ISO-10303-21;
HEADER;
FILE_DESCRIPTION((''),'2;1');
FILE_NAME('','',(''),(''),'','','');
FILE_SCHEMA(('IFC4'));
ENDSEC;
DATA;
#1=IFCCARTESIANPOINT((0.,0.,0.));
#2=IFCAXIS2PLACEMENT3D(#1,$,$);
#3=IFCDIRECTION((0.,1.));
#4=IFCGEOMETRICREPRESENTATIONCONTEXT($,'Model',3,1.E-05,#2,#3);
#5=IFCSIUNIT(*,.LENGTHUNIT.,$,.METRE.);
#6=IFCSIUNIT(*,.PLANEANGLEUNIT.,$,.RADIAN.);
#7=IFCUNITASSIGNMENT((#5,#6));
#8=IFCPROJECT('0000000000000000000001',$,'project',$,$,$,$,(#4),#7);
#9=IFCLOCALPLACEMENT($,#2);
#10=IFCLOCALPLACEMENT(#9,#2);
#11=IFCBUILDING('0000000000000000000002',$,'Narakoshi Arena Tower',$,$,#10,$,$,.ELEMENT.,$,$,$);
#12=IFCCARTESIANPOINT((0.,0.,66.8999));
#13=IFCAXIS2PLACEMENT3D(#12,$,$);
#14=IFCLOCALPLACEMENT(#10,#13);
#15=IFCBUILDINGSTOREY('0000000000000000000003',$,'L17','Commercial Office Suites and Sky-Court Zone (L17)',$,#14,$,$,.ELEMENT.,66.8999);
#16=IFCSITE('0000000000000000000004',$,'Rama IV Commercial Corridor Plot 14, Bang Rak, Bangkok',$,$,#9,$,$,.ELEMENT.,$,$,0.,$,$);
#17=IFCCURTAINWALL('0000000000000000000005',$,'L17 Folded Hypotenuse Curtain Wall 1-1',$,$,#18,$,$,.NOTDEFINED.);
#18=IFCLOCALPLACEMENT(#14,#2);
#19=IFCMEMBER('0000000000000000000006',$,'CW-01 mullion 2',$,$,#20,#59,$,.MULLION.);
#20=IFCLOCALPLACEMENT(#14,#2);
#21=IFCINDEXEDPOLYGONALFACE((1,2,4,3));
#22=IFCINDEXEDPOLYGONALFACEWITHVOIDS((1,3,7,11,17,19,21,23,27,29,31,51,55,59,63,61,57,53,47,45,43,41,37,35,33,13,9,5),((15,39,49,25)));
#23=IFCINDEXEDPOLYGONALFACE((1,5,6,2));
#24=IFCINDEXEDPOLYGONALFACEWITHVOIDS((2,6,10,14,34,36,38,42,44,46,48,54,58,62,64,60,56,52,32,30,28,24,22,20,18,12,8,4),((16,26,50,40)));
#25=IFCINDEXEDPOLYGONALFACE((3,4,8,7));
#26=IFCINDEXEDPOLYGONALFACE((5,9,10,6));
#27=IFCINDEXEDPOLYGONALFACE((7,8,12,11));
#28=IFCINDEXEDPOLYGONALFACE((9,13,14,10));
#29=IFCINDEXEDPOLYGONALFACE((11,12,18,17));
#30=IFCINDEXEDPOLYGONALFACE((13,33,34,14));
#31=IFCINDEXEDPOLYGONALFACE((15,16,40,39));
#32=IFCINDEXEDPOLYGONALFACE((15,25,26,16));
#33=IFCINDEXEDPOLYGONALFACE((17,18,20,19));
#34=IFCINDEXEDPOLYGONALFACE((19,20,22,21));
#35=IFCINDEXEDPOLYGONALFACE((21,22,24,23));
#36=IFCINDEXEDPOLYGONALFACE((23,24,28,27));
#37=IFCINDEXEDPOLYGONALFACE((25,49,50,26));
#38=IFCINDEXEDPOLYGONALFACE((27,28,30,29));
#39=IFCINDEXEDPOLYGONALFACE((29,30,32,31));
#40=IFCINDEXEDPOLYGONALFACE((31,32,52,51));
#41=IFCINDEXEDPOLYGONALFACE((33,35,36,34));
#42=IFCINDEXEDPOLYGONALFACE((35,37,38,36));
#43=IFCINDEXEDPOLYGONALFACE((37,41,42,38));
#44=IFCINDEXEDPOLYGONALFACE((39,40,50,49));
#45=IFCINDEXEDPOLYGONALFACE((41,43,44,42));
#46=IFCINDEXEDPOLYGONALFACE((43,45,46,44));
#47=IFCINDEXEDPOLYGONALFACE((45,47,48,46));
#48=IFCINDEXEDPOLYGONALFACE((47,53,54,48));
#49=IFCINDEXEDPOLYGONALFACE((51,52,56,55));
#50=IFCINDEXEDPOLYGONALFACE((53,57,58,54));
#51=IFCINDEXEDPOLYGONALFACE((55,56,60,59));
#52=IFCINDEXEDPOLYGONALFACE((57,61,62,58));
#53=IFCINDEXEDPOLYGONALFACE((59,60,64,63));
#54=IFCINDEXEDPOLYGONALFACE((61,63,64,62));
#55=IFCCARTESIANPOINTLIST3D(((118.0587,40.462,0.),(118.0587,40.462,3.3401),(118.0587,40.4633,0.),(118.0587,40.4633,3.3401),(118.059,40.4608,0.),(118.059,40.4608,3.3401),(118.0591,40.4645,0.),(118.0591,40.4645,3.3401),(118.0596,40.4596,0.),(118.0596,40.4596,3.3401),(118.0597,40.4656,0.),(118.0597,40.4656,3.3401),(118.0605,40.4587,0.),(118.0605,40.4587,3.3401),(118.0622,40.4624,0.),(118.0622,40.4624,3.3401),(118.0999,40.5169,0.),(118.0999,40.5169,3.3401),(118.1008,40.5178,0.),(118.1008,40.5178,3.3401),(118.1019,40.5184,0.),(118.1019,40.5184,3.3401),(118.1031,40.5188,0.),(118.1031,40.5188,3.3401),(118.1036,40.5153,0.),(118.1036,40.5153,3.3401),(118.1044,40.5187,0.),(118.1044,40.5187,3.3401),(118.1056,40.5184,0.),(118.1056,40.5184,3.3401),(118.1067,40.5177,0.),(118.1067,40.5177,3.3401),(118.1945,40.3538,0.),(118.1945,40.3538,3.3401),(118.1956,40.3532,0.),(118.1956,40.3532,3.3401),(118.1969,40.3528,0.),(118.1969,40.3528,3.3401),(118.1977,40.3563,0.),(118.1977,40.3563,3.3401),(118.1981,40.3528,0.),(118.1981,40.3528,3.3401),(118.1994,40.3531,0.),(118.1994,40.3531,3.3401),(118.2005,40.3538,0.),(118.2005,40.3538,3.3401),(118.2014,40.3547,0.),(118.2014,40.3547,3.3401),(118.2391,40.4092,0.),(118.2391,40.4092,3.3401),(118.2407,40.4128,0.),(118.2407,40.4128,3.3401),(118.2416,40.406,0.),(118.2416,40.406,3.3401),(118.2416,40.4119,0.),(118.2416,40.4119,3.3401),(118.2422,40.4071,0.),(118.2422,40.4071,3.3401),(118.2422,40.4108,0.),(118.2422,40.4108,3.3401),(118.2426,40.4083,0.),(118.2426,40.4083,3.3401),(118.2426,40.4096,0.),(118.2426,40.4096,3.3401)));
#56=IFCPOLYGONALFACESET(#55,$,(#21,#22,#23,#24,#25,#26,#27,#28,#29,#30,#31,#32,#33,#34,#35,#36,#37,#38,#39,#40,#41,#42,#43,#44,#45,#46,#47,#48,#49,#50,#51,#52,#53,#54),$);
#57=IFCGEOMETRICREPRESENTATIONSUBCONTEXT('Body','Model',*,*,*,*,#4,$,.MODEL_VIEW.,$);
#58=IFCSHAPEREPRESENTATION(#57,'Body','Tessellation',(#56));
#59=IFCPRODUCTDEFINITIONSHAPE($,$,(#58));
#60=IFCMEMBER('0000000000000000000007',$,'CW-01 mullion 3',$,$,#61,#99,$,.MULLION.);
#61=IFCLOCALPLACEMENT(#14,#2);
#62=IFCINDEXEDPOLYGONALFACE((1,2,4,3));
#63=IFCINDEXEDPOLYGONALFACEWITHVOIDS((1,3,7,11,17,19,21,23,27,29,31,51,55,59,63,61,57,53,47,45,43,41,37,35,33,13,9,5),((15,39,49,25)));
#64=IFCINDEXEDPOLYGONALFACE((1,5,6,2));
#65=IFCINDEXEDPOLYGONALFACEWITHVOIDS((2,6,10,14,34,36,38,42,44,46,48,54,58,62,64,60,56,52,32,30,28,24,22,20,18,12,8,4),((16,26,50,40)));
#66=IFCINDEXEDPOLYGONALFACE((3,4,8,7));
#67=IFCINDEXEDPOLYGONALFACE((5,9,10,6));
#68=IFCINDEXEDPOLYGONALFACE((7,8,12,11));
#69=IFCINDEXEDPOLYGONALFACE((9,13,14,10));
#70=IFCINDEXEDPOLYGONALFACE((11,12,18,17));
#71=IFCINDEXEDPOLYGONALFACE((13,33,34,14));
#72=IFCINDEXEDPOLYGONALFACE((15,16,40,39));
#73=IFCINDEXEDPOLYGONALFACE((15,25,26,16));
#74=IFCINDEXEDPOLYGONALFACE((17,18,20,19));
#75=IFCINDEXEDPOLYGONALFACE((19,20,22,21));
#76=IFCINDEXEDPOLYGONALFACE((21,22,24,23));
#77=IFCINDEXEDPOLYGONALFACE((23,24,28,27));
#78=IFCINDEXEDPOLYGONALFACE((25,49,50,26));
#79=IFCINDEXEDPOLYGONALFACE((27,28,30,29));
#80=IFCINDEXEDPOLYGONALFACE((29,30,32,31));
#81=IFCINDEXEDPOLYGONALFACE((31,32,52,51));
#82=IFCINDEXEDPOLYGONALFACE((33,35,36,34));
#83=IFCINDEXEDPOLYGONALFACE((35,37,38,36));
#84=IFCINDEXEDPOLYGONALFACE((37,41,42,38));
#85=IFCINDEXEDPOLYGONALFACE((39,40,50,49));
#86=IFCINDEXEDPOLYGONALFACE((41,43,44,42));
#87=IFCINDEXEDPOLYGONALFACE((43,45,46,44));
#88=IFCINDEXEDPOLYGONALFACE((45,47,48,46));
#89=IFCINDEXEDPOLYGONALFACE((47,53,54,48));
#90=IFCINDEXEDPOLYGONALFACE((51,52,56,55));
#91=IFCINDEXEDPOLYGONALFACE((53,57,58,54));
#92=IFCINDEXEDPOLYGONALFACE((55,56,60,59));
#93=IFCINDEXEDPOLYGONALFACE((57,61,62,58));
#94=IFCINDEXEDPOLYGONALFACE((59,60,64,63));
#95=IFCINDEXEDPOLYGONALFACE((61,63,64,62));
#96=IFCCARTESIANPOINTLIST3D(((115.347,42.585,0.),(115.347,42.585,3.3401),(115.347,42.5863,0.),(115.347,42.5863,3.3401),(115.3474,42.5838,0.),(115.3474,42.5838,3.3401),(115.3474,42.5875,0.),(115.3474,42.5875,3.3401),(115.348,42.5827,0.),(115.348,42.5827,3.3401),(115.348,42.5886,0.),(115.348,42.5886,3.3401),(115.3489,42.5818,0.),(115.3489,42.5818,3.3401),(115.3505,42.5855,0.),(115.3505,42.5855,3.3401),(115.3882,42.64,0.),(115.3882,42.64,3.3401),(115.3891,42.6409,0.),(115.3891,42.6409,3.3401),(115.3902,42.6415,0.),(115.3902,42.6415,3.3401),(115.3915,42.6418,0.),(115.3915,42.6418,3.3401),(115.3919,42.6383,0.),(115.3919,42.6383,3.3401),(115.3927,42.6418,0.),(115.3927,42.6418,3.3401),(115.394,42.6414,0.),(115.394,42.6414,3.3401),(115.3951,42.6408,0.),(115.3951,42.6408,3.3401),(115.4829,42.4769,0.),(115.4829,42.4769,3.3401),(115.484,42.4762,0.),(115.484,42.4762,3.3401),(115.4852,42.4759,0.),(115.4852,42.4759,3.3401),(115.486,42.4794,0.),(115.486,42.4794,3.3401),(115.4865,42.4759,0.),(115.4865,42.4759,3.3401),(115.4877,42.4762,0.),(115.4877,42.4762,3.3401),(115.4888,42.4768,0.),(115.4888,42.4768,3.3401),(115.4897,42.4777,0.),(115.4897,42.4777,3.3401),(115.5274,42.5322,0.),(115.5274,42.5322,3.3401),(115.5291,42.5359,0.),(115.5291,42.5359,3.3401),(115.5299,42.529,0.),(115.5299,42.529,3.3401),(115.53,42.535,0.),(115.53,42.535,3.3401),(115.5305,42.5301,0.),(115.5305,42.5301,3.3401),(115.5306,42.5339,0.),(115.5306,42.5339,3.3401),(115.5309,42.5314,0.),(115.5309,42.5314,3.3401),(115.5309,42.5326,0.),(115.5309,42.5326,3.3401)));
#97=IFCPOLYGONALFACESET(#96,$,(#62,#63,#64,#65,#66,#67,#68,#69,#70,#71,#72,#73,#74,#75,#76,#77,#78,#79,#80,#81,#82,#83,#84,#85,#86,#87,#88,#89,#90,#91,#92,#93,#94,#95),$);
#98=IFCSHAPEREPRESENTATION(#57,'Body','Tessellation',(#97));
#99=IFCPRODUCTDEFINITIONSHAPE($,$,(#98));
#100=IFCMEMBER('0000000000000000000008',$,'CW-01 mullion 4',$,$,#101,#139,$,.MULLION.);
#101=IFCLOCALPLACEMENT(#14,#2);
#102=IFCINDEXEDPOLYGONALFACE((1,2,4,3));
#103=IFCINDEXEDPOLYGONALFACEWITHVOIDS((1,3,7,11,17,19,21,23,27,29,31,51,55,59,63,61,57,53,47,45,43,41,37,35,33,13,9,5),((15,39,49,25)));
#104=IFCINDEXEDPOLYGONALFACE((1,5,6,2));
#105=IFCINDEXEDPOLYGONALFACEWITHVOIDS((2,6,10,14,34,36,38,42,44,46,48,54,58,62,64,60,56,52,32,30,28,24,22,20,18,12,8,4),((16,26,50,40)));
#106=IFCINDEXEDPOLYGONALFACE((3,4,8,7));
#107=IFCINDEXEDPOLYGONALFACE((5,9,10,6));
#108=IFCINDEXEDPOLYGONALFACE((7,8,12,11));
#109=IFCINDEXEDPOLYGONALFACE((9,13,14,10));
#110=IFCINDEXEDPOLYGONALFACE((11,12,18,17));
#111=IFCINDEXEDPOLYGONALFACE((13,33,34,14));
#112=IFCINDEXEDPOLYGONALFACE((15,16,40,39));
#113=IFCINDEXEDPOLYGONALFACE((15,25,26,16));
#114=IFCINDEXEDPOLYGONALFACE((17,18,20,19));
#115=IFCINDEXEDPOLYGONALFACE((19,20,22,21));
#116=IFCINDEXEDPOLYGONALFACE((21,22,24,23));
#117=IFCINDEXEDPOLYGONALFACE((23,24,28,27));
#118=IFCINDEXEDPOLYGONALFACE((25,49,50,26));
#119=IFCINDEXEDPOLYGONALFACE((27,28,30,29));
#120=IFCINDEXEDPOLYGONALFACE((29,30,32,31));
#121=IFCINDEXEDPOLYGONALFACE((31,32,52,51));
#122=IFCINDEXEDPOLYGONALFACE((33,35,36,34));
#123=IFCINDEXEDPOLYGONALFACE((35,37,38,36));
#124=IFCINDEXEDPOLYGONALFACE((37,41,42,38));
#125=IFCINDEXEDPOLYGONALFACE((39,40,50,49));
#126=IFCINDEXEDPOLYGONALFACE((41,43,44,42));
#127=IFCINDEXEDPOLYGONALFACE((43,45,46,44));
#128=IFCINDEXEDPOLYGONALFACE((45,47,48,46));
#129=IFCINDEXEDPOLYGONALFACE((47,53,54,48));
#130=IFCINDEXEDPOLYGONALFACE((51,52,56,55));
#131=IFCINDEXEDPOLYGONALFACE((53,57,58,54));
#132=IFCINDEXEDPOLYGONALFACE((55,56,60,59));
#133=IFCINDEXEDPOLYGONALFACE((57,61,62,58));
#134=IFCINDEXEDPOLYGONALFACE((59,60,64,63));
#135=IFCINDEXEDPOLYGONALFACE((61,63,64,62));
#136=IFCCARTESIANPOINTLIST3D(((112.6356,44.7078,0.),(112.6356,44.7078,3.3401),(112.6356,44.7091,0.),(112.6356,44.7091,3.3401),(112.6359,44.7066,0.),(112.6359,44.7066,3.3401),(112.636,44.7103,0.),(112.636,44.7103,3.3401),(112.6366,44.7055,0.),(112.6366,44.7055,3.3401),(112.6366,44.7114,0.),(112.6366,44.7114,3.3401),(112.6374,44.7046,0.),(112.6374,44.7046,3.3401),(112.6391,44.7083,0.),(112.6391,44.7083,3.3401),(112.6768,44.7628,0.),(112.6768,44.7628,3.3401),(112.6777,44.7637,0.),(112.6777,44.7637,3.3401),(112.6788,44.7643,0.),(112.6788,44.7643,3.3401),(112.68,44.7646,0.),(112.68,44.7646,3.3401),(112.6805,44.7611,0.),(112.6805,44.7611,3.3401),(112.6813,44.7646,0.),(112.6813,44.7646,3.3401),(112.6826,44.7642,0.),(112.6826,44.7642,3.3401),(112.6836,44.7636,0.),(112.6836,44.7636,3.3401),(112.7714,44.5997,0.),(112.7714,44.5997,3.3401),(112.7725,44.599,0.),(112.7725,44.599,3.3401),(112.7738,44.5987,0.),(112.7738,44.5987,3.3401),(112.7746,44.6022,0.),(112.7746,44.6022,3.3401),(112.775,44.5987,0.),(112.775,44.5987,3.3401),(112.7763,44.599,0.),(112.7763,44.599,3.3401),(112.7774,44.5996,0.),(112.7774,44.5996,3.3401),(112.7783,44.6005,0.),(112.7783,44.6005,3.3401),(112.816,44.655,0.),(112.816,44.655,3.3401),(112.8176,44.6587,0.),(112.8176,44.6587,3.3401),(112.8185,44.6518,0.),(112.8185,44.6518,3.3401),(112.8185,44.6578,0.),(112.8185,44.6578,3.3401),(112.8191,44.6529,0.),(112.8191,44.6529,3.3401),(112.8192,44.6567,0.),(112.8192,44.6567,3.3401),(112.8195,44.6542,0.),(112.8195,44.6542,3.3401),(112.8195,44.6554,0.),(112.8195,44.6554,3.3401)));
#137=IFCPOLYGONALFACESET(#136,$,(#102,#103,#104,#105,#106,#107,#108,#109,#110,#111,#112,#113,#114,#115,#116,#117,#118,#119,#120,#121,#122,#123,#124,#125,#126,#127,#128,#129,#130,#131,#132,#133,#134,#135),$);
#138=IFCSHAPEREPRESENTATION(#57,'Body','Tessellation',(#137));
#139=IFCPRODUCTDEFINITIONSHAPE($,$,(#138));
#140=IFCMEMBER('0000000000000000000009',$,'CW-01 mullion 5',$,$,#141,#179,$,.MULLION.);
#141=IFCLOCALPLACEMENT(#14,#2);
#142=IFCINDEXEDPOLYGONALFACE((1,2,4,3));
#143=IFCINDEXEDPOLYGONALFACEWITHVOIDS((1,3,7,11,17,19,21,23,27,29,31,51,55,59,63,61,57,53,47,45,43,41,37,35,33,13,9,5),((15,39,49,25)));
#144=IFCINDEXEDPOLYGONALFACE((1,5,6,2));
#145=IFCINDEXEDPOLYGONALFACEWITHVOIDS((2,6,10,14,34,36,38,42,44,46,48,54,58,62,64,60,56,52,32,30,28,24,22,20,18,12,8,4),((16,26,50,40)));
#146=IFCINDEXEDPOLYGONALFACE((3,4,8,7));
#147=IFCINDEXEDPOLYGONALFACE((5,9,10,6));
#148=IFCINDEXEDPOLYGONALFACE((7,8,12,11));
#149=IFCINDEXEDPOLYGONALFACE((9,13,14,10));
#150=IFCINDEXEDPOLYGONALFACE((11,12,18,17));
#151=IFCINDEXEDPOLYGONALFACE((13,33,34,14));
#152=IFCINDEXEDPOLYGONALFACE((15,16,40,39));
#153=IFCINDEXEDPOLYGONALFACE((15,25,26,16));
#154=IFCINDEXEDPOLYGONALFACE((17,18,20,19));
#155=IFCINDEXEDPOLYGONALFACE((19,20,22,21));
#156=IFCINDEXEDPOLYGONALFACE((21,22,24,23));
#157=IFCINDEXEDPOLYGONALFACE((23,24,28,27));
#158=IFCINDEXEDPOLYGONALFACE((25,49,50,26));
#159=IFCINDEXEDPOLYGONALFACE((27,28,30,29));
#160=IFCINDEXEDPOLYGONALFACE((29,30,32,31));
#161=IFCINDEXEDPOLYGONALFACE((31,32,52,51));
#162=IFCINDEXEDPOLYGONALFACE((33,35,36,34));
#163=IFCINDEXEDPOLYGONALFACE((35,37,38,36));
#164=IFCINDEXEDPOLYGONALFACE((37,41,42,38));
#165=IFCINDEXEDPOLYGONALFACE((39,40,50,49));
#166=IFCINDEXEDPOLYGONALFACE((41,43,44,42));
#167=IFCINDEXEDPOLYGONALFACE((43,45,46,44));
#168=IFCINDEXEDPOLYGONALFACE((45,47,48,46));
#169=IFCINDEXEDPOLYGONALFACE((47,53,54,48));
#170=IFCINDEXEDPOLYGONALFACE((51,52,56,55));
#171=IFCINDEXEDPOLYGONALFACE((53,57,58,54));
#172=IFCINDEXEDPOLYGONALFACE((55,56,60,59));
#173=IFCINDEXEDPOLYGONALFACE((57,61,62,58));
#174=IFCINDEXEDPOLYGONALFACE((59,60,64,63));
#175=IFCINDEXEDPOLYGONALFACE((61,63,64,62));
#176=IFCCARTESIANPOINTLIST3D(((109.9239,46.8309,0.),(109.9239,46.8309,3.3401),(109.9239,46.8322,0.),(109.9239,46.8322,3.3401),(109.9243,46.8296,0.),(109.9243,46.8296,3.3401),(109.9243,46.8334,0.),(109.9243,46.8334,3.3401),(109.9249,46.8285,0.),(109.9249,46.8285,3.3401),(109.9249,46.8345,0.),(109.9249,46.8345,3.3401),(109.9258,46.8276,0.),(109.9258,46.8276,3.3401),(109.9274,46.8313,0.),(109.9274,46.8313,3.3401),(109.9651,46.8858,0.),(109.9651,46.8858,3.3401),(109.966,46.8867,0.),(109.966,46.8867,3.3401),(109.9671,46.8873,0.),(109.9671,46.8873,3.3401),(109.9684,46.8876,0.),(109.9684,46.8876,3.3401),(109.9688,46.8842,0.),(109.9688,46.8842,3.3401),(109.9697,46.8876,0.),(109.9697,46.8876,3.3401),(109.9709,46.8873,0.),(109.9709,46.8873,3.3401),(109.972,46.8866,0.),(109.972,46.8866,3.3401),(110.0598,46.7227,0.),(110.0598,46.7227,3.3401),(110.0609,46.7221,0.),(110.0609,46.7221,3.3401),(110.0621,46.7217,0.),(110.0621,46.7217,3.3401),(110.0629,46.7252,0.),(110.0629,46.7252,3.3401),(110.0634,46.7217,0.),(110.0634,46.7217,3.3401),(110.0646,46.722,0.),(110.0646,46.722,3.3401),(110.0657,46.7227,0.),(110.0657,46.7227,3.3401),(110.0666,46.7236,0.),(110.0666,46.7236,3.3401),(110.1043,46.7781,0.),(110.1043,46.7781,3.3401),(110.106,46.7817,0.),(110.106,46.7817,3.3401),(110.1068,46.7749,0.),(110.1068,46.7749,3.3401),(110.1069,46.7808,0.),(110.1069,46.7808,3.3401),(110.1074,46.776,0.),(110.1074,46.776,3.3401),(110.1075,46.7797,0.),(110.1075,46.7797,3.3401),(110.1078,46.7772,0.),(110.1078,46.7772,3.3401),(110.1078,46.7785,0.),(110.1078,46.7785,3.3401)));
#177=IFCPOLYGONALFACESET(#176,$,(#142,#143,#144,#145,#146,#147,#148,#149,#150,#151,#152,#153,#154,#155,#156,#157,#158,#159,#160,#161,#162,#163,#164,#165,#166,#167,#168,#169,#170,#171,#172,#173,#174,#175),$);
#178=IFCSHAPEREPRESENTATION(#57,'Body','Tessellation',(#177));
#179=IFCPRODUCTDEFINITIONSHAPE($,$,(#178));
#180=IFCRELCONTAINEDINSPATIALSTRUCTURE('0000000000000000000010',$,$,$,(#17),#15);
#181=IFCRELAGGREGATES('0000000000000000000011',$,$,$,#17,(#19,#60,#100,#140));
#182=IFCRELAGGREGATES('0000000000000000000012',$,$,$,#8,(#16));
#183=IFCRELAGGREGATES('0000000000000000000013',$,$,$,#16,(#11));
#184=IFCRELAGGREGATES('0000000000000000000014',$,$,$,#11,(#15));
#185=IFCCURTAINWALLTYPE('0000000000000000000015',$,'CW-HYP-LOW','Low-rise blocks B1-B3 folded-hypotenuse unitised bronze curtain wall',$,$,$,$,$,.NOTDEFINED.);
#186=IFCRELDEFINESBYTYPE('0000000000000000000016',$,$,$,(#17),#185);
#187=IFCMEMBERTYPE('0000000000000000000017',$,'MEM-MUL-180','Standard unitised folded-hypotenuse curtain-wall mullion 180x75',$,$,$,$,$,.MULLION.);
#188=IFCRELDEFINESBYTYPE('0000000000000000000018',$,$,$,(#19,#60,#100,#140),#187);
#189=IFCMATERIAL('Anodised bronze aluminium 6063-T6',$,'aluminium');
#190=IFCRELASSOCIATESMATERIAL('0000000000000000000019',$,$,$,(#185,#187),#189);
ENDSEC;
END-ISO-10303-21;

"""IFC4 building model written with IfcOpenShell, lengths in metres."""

from ifc_helpers import new_model, si_unit, direction, frame, origin, origin_2d, place, context, subcontext, project, spatial, hollow_rectangle, extrude, material, material_profile, profile_set, type_object, element, aggregate, save


model = new_model("IFC4")

# Units and contexts
model_context = context("Model", 3, precision=1e-05, world=origin(), true_north=direction((0.0, 1.0)))
body_context = subcontext(model_context, "Body", "Model", "MODEL_VIEW")
ifc_project = project(units=[si_unit("LENGTHUNIT", "METRE"), si_unit("PLANEANGLEUNIT", "RADIAN")], contexts=[model_context])

# Site, building, storey
site_placement = place(None, origin())
site = spatial("IfcSite", under=ifc_project, at=site_placement, Name="Rama IV Commercial Corridor Plot 14, Bang Rak, Bangkok", CompositionType="ELEMENT", RefElevation=0.0)
building_placement = place(site_placement, origin())
building = spatial("IfcBuilding", under=site, at=building_placement, Name="Narakoshi Arena Tower", CompositionType="ELEMENT")
storey_placement = place(building_placement, frame((0.0, 0.0, 66.8999)))
storey = spatial("IfcBuildingStorey", under=building, at=storey_placement, Name="L17", Description="Commercial Office Suites and Sky-Court Zone (L17)", CompositionType="ELEMENT", Elevation=66.8999)

# Curtain wall, members
ifc_material_1 = material(Name="Anodised bronze aluminium 6063-T6", Category="aluminium")
curtain_wall_type = type_object("IfcCurtainWallType", Name="CW-HYP-LOW", Description="Low-rise blocks B1-B3 folded-hypotenuse unitised bronze curtain wall", PredefinedType="NOTDEFINED", material=ifc_material_1)
curtain_wall_placement = place(storey_placement, origin())
curtain_wall = element("IfcCurtainWall", 1, at=curtain_wall_placement, inside=storey, type_object=curtain_wall_type, Name="L17 Folded Hypotenuse Curtain Wall 1-1", PredefinedType="NOTDEFINED")
ifc_material_profile_1 = material_profile(ifc_material_1, hollow_rectangle(XDim=0.075, YDim=0.1799, WallThickness=0.0039, OuterFilletRadius=0.0049, at=origin_2d()), Name="MUL180x75x4")
ifc_profile_set_1 = profile_set([ifc_material_profile_1], Name="Anodised bronze aluminium 6063-T6")
member_type_1 = type_object("IfcMemberType", Name="MEM-MUL-180", Description="Standard unitised folded-hypotenuse curtain-wall mullion 180x75", PredefinedType="MULLION", material=ifc_profile_set_1)
member_1_placement = place(storey_placement, frame((118.1506, 40.4358, 0.0), z_axis=(0.0, 0.0, 1.0), x_axis=(-0.616458, -0.787388, 0.0)))
member_1 = element("IfcMember", 2, at=member_1_placement, type_object=member_type_1, Name="CW-01 mullion 2", PredefinedType="MULLION", context=body_context, shape_type="SweptSolid", body=[
    extrude(hollow_rectangle(XDim=0.075, YDim=0.1799, WallThickness=0.0039, OuterFilletRadius=0.0049, at=origin_2d()), origin(), (0.0, 0.0, 1.0), 3.3401),
])
member_2_placement = place(storey_placement, frame((115.439, 42.5588, 0.0), z_axis=(0.0, 0.0, 1.0), x_axis=(-0.616458, -0.787388, 0.0)))
member_2 = element("IfcMember", 3, at=member_2_placement, type_object=member_type_1, Name="CW-01 mullion 3", PredefinedType="MULLION", context=body_context, shape_type="SweptSolid", body=[
    extrude(hollow_rectangle(XDim=0.075, YDim=0.1799, WallThickness=0.0039, OuterFilletRadius=0.0049, at=origin_2d()), origin(), (0.0, 0.0, 1.0), 3.3401),
])
member_3_placement = place(storey_placement, frame((112.7275, 44.6816, 0.0), z_axis=(0.0, 0.0, 1.0), x_axis=(-0.616458, -0.787388, 0.0)))
member_3 = element("IfcMember", 4, at=member_3_placement, type_object=member_type_1, Name="CW-01 mullion 4", PredefinedType="MULLION", context=body_context, shape_type="SweptSolid", body=[
    extrude(hollow_rectangle(XDim=0.075, YDim=0.1799, WallThickness=0.0039, OuterFilletRadius=0.0049, at=origin_2d()), origin(), (0.0, 0.0, 1.0), 3.3401),
])
member_4_placement = place(storey_placement, frame((110.0159, 46.8047, 0.0), z_axis=(0.0, 0.0, 1.0), x_axis=(-0.616458, -0.787388, 0.0)))
member_4 = element("IfcMember", 5, at=member_4_placement, type_object=member_type_1, Name="CW-01 mullion 5", PredefinedType="MULLION", context=body_context, shape_type="SweptSolid", body=[
    extrude(hollow_rectangle(XDim=0.075, YDim=0.1799, WallThickness=0.0039, OuterFilletRadius=0.0049, at=origin_2d()), origin(), (0.0, 0.0, 1.0), 3.3401),
])
aggregate(curtain_wall, [member_1, member_2, member_3, member_4])

save(model, "model.ifc")
